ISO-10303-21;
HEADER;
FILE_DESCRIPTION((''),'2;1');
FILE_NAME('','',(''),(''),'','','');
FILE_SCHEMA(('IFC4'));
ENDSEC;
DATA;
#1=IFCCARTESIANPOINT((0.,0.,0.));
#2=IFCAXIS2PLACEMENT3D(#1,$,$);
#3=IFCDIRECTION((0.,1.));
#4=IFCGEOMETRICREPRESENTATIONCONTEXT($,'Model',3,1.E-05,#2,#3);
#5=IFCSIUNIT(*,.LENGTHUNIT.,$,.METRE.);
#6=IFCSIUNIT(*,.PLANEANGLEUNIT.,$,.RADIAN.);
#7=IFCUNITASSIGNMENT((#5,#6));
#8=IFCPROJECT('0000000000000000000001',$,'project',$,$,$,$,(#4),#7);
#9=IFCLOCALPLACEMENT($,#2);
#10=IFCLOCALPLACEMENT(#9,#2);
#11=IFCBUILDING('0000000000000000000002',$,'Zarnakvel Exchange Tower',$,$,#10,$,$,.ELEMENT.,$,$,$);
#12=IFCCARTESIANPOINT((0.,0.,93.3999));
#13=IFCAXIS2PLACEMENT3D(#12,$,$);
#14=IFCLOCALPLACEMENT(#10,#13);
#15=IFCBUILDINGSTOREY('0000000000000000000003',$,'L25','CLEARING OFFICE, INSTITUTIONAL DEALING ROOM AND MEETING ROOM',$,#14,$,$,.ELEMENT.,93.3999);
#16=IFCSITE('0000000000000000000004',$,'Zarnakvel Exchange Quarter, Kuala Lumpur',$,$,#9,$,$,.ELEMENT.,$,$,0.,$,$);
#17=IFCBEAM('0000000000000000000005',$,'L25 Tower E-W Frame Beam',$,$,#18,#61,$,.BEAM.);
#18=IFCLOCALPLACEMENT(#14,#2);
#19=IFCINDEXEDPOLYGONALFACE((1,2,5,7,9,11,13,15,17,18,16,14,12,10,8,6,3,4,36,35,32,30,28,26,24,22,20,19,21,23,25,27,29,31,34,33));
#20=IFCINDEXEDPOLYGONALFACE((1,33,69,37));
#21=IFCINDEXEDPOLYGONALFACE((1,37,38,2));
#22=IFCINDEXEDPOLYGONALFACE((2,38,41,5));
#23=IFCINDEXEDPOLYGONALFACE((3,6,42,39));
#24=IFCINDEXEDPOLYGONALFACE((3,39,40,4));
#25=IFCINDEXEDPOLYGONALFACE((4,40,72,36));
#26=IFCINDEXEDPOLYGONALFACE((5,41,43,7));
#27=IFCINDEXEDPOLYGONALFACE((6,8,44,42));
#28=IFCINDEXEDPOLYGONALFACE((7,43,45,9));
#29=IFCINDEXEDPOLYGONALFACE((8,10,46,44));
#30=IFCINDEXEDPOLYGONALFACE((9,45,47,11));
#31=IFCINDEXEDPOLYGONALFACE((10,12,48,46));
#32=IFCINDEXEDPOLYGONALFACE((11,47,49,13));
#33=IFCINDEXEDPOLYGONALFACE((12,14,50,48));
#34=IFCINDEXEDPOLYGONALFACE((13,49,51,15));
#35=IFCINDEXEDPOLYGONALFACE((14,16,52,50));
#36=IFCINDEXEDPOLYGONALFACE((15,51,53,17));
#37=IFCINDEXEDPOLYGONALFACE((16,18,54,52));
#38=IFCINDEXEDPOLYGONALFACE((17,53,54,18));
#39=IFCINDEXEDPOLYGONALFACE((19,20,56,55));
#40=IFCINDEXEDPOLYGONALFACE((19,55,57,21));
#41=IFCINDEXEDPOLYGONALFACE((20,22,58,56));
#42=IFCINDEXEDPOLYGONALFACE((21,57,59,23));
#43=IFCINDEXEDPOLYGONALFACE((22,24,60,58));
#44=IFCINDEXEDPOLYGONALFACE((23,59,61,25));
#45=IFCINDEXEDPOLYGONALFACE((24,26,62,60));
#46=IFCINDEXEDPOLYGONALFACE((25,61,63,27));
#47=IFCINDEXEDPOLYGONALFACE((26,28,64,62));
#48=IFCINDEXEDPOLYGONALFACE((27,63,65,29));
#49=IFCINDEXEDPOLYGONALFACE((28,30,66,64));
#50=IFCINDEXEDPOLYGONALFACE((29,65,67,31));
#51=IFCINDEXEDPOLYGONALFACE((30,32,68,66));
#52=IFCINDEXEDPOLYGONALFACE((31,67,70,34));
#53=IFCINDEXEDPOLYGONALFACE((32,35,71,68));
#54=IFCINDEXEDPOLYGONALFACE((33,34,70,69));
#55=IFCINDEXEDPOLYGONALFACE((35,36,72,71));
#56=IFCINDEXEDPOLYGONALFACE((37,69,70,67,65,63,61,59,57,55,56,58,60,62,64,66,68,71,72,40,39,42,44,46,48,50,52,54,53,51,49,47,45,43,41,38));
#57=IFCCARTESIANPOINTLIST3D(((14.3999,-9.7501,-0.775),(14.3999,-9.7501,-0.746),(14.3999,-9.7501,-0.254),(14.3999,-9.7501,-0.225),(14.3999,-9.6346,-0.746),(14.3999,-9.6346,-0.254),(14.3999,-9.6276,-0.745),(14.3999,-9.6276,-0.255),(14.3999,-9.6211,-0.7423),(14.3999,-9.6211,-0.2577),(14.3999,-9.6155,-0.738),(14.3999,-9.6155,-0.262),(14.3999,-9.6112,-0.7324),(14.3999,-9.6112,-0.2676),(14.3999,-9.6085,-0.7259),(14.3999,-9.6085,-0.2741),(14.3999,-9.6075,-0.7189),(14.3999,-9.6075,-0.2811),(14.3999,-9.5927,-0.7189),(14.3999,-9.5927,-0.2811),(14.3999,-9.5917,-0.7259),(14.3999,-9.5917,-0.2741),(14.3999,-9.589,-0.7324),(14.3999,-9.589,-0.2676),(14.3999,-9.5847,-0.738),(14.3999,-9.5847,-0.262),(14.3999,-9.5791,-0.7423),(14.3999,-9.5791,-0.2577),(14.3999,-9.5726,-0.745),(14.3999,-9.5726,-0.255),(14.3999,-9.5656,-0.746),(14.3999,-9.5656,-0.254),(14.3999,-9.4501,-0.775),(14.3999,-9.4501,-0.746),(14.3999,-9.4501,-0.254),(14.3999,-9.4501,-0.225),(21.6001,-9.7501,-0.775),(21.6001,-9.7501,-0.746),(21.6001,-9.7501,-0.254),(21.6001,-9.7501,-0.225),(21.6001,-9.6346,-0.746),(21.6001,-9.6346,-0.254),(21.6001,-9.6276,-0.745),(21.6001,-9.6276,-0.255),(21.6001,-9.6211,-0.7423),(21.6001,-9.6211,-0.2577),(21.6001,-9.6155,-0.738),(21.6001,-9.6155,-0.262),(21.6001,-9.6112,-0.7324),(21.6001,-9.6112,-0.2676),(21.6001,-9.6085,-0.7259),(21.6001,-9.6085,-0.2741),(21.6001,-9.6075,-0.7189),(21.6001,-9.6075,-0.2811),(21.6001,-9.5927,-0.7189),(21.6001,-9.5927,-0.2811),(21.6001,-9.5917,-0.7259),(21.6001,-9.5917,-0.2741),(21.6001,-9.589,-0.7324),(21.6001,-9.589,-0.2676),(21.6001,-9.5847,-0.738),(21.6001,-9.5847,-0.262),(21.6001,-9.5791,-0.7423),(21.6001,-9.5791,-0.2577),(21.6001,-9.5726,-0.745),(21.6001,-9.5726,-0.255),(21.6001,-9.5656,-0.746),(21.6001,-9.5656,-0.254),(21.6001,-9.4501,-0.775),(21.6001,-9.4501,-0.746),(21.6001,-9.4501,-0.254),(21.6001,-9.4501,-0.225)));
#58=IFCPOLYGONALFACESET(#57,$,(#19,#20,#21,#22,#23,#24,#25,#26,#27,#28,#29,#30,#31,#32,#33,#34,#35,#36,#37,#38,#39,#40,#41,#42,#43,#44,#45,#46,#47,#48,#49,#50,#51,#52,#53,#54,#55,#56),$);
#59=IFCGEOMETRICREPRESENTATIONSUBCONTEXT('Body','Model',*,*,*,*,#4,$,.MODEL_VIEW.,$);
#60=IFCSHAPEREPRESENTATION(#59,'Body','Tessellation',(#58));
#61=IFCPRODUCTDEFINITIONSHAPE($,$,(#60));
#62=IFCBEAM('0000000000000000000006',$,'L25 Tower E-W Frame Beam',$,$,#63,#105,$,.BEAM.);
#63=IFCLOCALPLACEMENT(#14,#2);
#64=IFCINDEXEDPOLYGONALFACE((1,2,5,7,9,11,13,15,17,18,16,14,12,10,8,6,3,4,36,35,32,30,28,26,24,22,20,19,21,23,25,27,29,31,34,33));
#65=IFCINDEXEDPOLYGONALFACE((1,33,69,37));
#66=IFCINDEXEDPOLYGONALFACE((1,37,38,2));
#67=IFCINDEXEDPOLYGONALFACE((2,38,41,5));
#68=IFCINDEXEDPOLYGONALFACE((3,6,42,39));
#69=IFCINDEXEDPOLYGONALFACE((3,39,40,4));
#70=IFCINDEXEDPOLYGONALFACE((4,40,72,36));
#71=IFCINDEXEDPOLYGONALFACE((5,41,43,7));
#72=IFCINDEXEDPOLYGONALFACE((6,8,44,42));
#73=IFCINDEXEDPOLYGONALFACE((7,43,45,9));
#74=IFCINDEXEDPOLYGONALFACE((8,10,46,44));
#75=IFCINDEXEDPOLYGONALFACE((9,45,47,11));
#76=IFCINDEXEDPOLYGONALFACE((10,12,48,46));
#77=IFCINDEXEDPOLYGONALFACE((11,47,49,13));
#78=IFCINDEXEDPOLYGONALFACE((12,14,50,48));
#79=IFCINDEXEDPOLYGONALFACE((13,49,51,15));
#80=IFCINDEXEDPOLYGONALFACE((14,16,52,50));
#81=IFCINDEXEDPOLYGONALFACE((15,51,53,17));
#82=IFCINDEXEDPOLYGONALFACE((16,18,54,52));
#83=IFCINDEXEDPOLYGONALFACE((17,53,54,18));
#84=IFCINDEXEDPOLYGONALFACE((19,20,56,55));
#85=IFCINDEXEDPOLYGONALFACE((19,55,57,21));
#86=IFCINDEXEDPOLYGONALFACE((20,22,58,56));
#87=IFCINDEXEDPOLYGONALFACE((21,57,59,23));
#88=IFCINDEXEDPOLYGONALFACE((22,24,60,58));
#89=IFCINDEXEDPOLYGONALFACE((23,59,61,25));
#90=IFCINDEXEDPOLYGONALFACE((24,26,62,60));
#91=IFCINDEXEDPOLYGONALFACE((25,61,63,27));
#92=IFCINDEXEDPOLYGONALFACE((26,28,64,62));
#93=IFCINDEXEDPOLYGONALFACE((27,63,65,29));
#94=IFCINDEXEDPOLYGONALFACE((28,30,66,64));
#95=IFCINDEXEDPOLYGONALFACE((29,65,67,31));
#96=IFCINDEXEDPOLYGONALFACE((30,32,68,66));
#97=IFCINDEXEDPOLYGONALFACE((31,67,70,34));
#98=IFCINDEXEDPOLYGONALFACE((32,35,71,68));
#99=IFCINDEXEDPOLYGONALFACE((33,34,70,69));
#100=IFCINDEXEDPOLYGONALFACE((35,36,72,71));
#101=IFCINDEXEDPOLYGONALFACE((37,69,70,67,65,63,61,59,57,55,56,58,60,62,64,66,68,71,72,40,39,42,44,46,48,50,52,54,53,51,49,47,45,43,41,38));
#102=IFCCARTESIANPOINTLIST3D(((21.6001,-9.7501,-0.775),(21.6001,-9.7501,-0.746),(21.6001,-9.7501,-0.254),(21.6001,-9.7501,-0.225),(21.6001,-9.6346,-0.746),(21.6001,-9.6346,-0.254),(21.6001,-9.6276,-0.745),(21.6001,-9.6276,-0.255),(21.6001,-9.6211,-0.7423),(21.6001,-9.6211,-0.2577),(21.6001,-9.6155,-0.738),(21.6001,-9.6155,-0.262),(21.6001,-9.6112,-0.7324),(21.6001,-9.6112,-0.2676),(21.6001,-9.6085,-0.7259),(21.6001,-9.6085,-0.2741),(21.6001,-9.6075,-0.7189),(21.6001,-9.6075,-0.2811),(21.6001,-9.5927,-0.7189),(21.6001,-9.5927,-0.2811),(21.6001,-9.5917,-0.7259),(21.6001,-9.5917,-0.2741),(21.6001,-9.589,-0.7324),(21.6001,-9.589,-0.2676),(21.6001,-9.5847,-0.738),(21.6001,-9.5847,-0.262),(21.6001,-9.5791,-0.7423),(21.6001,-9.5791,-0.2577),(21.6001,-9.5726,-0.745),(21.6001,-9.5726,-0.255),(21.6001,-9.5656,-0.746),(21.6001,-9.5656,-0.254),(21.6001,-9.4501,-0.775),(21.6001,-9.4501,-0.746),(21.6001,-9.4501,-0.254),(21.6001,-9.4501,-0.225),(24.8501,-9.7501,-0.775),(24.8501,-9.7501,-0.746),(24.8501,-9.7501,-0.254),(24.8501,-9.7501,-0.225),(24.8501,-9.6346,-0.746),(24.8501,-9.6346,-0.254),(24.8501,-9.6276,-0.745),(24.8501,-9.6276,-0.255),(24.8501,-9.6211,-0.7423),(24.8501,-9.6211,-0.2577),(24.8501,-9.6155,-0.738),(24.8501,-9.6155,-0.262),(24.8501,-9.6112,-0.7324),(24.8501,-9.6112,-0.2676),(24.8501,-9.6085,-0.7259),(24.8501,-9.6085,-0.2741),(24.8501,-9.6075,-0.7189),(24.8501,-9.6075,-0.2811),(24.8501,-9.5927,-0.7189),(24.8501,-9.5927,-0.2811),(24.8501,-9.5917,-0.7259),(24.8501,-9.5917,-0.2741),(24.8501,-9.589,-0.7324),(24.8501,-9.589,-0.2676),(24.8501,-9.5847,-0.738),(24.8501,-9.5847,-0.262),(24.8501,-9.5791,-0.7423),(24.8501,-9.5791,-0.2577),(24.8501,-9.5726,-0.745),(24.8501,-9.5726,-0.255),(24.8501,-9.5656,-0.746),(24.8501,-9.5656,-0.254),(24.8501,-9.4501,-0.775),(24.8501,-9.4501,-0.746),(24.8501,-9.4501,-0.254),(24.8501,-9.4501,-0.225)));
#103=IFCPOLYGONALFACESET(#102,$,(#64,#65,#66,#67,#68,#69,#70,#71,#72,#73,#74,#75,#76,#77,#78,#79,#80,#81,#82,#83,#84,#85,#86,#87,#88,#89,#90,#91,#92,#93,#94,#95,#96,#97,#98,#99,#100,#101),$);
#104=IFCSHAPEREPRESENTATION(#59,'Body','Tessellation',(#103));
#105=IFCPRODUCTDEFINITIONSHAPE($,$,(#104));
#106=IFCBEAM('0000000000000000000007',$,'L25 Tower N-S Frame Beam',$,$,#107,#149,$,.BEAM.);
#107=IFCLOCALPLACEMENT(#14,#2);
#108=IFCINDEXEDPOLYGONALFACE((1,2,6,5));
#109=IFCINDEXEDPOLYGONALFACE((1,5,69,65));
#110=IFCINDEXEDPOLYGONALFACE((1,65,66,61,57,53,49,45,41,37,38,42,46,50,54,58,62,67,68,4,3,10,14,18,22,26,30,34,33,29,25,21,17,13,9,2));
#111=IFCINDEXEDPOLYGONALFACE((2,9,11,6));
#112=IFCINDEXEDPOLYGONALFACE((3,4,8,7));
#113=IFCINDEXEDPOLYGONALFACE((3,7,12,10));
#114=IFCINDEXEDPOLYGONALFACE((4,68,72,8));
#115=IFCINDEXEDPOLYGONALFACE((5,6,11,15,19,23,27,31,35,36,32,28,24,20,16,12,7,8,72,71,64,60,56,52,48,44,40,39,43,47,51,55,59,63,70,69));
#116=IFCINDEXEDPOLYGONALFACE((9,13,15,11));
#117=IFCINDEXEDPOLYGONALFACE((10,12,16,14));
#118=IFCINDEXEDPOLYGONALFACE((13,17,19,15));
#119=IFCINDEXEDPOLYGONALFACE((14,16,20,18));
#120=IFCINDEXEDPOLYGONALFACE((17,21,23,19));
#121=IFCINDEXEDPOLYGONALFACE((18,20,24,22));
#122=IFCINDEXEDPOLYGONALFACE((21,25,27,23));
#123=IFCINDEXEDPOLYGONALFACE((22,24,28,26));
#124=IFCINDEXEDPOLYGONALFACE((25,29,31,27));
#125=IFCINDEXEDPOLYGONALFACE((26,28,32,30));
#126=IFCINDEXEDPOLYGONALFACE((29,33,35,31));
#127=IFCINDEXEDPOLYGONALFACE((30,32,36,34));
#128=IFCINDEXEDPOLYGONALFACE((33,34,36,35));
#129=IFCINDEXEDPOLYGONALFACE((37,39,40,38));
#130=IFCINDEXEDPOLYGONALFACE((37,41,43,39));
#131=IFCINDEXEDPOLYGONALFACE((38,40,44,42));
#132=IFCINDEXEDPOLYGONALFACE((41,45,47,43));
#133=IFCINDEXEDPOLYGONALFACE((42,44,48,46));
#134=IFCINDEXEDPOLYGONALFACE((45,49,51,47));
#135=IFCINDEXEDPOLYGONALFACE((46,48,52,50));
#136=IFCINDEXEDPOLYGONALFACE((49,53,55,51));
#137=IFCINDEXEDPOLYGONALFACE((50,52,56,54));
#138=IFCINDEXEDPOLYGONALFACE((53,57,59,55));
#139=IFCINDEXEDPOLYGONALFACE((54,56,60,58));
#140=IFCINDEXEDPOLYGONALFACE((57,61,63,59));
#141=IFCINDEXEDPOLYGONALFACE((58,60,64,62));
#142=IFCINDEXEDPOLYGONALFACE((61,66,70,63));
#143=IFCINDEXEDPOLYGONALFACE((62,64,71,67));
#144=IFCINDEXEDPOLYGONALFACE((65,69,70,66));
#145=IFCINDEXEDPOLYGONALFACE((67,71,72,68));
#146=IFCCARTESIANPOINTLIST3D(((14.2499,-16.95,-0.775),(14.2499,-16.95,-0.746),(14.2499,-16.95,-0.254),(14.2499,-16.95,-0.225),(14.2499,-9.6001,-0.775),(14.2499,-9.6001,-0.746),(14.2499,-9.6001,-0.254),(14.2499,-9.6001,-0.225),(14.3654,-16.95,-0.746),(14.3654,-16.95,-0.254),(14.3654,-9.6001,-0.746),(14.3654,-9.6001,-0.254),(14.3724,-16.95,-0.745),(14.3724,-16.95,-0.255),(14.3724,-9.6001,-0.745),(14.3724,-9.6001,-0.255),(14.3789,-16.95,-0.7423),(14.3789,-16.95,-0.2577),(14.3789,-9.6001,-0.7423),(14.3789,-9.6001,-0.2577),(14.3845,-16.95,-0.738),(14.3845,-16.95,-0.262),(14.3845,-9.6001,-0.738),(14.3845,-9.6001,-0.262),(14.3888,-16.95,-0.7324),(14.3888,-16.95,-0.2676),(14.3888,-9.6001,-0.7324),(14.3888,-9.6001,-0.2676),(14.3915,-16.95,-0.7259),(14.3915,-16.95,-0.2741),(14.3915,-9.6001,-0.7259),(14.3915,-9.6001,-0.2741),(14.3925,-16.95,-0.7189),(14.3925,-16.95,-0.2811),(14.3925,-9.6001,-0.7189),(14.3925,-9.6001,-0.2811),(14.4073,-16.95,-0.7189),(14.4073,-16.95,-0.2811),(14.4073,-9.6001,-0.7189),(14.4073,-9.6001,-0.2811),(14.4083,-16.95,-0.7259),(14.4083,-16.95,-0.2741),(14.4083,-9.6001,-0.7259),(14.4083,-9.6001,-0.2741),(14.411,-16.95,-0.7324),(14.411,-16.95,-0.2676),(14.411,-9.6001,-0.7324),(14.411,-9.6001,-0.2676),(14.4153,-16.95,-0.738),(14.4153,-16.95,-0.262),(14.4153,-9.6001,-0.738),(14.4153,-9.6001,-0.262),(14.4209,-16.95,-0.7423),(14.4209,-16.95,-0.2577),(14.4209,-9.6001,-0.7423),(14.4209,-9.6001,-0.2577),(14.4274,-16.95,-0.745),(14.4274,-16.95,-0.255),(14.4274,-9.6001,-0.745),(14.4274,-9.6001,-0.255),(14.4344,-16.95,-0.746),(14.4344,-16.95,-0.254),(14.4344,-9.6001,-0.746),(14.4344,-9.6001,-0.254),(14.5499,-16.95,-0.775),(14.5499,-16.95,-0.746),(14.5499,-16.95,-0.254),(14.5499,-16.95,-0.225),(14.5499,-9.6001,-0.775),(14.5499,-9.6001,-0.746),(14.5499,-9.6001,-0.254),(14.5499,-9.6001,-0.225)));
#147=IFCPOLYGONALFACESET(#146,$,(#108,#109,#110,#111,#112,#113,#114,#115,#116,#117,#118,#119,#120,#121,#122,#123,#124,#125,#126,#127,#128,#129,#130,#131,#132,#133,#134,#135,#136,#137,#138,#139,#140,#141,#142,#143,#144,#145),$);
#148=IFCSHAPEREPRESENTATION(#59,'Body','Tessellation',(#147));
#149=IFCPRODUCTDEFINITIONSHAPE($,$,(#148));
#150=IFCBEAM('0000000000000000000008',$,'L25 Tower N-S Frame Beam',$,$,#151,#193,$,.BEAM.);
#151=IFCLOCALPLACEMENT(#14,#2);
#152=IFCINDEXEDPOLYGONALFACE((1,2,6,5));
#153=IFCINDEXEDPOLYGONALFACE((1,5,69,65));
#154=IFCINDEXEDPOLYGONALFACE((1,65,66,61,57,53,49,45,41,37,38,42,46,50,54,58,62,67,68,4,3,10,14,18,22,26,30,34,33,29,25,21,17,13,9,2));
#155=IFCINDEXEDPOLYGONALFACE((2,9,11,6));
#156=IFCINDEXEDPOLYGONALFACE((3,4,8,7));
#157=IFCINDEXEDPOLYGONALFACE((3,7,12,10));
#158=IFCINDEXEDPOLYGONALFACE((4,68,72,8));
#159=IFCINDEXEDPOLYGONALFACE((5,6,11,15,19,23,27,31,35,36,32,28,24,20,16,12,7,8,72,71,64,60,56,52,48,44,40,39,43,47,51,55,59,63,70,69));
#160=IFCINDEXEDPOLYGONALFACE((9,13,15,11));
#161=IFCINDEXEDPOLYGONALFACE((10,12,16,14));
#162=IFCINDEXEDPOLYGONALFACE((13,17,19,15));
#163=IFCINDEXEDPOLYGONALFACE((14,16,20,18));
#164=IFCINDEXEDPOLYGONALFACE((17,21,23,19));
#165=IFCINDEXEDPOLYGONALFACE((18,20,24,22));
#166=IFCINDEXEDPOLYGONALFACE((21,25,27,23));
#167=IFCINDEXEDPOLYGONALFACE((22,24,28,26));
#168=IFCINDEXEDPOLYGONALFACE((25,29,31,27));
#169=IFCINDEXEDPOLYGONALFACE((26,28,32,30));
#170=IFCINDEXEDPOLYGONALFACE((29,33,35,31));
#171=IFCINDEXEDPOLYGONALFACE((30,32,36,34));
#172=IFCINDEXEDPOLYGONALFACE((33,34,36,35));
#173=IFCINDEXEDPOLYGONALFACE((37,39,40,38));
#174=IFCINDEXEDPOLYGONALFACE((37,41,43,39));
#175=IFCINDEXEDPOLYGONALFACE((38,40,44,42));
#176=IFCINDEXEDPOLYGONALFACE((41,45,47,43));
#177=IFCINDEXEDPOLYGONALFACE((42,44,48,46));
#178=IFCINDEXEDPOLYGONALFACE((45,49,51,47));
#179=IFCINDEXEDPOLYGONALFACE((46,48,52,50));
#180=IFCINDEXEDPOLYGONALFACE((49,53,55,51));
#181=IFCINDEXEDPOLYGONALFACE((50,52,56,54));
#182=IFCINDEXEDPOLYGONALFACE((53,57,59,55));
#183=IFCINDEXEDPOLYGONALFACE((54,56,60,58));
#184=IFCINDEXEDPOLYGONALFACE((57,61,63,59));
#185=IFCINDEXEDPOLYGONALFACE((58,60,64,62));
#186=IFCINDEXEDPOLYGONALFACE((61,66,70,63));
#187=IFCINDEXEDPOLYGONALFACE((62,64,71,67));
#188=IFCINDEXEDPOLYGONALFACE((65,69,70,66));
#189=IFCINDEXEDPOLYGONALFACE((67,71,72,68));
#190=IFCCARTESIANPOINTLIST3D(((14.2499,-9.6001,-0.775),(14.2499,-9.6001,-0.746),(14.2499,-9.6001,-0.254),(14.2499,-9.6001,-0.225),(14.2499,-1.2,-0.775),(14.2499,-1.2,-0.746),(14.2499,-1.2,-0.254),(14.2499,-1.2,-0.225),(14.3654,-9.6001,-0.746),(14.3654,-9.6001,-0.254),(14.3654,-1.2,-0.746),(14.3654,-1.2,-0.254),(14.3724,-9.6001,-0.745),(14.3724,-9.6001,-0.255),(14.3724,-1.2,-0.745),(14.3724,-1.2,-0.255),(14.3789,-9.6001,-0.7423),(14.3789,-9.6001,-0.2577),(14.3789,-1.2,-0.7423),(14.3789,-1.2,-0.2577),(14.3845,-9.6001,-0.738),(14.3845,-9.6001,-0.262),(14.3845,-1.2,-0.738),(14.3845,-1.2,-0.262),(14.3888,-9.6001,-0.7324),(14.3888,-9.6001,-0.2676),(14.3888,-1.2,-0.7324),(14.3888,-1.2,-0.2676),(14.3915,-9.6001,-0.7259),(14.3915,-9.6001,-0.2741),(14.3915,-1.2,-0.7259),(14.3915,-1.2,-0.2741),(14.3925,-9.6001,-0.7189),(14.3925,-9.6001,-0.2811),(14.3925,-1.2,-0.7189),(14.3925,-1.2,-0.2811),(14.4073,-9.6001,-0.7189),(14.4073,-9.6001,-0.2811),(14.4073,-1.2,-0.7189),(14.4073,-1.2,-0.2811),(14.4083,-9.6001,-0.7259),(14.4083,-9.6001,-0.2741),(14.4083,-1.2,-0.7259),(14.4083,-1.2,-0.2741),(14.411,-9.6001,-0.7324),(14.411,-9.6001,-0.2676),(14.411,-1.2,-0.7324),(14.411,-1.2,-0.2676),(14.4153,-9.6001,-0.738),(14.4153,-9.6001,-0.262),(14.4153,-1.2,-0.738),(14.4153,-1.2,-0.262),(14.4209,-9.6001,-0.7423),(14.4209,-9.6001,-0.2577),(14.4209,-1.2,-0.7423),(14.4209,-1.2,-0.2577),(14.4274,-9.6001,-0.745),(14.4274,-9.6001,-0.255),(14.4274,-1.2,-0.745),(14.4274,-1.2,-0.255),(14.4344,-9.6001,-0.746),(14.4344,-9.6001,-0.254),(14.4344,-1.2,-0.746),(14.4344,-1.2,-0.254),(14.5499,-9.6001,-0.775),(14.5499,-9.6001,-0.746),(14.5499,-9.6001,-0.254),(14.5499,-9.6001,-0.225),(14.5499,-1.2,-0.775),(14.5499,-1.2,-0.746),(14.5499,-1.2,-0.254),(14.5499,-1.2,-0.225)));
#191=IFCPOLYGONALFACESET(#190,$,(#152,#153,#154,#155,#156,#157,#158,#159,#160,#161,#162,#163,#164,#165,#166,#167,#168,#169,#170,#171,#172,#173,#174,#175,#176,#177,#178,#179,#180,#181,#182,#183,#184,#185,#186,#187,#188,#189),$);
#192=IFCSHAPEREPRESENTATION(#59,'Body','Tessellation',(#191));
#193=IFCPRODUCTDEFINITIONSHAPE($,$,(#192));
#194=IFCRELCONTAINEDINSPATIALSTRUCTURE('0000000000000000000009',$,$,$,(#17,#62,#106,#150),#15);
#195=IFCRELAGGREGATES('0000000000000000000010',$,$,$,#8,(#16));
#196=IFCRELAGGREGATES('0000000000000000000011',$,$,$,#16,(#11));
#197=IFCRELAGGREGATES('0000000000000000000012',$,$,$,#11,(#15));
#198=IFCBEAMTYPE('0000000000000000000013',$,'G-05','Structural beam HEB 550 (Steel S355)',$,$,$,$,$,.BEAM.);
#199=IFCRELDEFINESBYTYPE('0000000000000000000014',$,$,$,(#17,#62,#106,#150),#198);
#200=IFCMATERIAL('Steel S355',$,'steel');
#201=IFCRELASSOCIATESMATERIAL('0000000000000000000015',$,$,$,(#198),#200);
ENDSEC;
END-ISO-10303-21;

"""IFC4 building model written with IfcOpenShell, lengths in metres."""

from ifc_helpers import new_model, si_unit, direction, frame, origin, origin_2d, place, context, subcontext, project, spatial, i_section, extrude, material, material_profile, profile_set, type_object, element, save


model = new_model("IFC4")

# Units and contexts
model_context = context("Model", 3, precision=1e-05, world=origin(), true_north=direction((0.0, 1.0)))
body_context = subcontext(model_context, "Body", "Model", "MODEL_VIEW")
ifc_project = project(units=[si_unit("LENGTHUNIT", "METRE"), si_unit("PLANEANGLEUNIT", "RADIAN")], contexts=[model_context])

# Site, building, storey
site_placement = place(None, origin())
site = spatial("IfcSite", under=ifc_project, at=site_placement, Name="Zarnakvel Exchange Quarter, Kuala Lumpur", CompositionType="ELEMENT", RefElevation=0.0)
building_placement = place(site_placement, origin())
building = spatial("IfcBuilding", under=site, at=building_placement, Name="Zarnakvel Exchange Tower", CompositionType="ELEMENT")
storey_placement = place(building_placement, frame((0.0, 0.0, 93.3999)))
storey = spatial("IfcBuildingStorey", under=building, at=storey_placement, Name="L25", Description="CLEARING OFFICE, INSTITUTIONAL DEALING ROOM AND MEETING ROOM", CompositionType="ELEMENT", Elevation=93.3999)

# Shared definitions
ifc_material_1 = material(Name="Steel S355", Category="steel")

# Beams
ifc_material_profile_1 = material_profile(ifc_material_1, i_section(OverallWidth=0.3, OverallDepth=0.55, WebThickness=0.0149, FlangeThickness=0.0291, FilletRadius=0.0271, at=origin_2d()))
ifc_profile_set_1 = profile_set([ifc_material_profile_1], Name="Steel S355")
beam_type_1 = type_object("IfcBeamType", Name="G-05", Description="Structural beam HEB 550 (Steel S355)", PredefinedType="BEAM", material=ifc_profile_set_1)
beam_1_placement = place(storey_placement, frame((14.3999, -9.6001, -0.5), z_axis=(1.0, 0.0, 0.0), x_axis=(0.0, 1.0, 0.0)))
element("IfcBeam", 1, at=beam_1_placement, inside=storey, type_object=beam_type_1, Name="L25 Tower E-W Frame Beam", PredefinedType="BEAM", context=body_context, shape_type="SweptSolid", body=[
    extrude(i_section(OverallWidth=0.3, OverallDepth=0.55, WebThickness=0.0149, FlangeThickness=0.0291, FilletRadius=0.0271, at=origin_2d()), origin(), (0.0, 0.0, 1.0), 7.2002),
])
beam_2_placement = place(storey_placement, frame((21.6001, -9.6001, -0.5), z_axis=(1.0, 0.0, 0.0), x_axis=(0.0, 1.0, 0.0)))
element("IfcBeam", 2, at=beam_2_placement, inside=storey, type_object=beam_type_1, Name="L25 Tower E-W Frame Beam", PredefinedType="BEAM", context=body_context, shape_type="SweptSolid", body=[
    extrude(i_section(OverallWidth=0.3, OverallDepth=0.55, WebThickness=0.0149, FlangeThickness=0.0291, FilletRadius=0.0271, at=origin_2d()), origin(), (0.0, 0.0, 1.0), 3.25),
])
beam_3_placement = place(storey_placement, frame((14.3999, -16.95, -0.5), z_axis=(0.0, 1.0, 0.0), x_axis=(-1.0, 0.0, 0.0)))
element("IfcBeam", 3, at=beam_3_placement, inside=storey, type_object=beam_type_1, Name="L25 Tower N-S Frame Beam", PredefinedType="BEAM", context=body_context, shape_type="SweptSolid", body=[
    extrude(i_section(OverallWidth=0.3, OverallDepth=0.55, WebThickness=0.0149, FlangeThickness=0.0291, FilletRadius=0.0271, at=origin_2d()), origin(), (0.0, 0.0, 1.0), 7.3499),
])
beam_4_placement = place(storey_placement, frame((14.3999, -9.6001, -0.5), z_axis=(0.0, 1.0, 0.0), x_axis=(-1.0, 0.0, 0.0)))
element("IfcBeam", 4, at=beam_4_placement, inside=storey, type_object=beam_type_1, Name="L25 Tower N-S Frame Beam", PredefinedType="BEAM", context=body_context, shape_type="SweptSolid", body=[
    extrude(i_section(OverallWidth=0.3, OverallDepth=0.55, WebThickness=0.0149, FlangeThickness=0.0291, FilletRadius=0.0271, at=origin_2d()), origin(), (0.0, 0.0, 1.0), 8.4001),
])

save(model, "model.ifc")
